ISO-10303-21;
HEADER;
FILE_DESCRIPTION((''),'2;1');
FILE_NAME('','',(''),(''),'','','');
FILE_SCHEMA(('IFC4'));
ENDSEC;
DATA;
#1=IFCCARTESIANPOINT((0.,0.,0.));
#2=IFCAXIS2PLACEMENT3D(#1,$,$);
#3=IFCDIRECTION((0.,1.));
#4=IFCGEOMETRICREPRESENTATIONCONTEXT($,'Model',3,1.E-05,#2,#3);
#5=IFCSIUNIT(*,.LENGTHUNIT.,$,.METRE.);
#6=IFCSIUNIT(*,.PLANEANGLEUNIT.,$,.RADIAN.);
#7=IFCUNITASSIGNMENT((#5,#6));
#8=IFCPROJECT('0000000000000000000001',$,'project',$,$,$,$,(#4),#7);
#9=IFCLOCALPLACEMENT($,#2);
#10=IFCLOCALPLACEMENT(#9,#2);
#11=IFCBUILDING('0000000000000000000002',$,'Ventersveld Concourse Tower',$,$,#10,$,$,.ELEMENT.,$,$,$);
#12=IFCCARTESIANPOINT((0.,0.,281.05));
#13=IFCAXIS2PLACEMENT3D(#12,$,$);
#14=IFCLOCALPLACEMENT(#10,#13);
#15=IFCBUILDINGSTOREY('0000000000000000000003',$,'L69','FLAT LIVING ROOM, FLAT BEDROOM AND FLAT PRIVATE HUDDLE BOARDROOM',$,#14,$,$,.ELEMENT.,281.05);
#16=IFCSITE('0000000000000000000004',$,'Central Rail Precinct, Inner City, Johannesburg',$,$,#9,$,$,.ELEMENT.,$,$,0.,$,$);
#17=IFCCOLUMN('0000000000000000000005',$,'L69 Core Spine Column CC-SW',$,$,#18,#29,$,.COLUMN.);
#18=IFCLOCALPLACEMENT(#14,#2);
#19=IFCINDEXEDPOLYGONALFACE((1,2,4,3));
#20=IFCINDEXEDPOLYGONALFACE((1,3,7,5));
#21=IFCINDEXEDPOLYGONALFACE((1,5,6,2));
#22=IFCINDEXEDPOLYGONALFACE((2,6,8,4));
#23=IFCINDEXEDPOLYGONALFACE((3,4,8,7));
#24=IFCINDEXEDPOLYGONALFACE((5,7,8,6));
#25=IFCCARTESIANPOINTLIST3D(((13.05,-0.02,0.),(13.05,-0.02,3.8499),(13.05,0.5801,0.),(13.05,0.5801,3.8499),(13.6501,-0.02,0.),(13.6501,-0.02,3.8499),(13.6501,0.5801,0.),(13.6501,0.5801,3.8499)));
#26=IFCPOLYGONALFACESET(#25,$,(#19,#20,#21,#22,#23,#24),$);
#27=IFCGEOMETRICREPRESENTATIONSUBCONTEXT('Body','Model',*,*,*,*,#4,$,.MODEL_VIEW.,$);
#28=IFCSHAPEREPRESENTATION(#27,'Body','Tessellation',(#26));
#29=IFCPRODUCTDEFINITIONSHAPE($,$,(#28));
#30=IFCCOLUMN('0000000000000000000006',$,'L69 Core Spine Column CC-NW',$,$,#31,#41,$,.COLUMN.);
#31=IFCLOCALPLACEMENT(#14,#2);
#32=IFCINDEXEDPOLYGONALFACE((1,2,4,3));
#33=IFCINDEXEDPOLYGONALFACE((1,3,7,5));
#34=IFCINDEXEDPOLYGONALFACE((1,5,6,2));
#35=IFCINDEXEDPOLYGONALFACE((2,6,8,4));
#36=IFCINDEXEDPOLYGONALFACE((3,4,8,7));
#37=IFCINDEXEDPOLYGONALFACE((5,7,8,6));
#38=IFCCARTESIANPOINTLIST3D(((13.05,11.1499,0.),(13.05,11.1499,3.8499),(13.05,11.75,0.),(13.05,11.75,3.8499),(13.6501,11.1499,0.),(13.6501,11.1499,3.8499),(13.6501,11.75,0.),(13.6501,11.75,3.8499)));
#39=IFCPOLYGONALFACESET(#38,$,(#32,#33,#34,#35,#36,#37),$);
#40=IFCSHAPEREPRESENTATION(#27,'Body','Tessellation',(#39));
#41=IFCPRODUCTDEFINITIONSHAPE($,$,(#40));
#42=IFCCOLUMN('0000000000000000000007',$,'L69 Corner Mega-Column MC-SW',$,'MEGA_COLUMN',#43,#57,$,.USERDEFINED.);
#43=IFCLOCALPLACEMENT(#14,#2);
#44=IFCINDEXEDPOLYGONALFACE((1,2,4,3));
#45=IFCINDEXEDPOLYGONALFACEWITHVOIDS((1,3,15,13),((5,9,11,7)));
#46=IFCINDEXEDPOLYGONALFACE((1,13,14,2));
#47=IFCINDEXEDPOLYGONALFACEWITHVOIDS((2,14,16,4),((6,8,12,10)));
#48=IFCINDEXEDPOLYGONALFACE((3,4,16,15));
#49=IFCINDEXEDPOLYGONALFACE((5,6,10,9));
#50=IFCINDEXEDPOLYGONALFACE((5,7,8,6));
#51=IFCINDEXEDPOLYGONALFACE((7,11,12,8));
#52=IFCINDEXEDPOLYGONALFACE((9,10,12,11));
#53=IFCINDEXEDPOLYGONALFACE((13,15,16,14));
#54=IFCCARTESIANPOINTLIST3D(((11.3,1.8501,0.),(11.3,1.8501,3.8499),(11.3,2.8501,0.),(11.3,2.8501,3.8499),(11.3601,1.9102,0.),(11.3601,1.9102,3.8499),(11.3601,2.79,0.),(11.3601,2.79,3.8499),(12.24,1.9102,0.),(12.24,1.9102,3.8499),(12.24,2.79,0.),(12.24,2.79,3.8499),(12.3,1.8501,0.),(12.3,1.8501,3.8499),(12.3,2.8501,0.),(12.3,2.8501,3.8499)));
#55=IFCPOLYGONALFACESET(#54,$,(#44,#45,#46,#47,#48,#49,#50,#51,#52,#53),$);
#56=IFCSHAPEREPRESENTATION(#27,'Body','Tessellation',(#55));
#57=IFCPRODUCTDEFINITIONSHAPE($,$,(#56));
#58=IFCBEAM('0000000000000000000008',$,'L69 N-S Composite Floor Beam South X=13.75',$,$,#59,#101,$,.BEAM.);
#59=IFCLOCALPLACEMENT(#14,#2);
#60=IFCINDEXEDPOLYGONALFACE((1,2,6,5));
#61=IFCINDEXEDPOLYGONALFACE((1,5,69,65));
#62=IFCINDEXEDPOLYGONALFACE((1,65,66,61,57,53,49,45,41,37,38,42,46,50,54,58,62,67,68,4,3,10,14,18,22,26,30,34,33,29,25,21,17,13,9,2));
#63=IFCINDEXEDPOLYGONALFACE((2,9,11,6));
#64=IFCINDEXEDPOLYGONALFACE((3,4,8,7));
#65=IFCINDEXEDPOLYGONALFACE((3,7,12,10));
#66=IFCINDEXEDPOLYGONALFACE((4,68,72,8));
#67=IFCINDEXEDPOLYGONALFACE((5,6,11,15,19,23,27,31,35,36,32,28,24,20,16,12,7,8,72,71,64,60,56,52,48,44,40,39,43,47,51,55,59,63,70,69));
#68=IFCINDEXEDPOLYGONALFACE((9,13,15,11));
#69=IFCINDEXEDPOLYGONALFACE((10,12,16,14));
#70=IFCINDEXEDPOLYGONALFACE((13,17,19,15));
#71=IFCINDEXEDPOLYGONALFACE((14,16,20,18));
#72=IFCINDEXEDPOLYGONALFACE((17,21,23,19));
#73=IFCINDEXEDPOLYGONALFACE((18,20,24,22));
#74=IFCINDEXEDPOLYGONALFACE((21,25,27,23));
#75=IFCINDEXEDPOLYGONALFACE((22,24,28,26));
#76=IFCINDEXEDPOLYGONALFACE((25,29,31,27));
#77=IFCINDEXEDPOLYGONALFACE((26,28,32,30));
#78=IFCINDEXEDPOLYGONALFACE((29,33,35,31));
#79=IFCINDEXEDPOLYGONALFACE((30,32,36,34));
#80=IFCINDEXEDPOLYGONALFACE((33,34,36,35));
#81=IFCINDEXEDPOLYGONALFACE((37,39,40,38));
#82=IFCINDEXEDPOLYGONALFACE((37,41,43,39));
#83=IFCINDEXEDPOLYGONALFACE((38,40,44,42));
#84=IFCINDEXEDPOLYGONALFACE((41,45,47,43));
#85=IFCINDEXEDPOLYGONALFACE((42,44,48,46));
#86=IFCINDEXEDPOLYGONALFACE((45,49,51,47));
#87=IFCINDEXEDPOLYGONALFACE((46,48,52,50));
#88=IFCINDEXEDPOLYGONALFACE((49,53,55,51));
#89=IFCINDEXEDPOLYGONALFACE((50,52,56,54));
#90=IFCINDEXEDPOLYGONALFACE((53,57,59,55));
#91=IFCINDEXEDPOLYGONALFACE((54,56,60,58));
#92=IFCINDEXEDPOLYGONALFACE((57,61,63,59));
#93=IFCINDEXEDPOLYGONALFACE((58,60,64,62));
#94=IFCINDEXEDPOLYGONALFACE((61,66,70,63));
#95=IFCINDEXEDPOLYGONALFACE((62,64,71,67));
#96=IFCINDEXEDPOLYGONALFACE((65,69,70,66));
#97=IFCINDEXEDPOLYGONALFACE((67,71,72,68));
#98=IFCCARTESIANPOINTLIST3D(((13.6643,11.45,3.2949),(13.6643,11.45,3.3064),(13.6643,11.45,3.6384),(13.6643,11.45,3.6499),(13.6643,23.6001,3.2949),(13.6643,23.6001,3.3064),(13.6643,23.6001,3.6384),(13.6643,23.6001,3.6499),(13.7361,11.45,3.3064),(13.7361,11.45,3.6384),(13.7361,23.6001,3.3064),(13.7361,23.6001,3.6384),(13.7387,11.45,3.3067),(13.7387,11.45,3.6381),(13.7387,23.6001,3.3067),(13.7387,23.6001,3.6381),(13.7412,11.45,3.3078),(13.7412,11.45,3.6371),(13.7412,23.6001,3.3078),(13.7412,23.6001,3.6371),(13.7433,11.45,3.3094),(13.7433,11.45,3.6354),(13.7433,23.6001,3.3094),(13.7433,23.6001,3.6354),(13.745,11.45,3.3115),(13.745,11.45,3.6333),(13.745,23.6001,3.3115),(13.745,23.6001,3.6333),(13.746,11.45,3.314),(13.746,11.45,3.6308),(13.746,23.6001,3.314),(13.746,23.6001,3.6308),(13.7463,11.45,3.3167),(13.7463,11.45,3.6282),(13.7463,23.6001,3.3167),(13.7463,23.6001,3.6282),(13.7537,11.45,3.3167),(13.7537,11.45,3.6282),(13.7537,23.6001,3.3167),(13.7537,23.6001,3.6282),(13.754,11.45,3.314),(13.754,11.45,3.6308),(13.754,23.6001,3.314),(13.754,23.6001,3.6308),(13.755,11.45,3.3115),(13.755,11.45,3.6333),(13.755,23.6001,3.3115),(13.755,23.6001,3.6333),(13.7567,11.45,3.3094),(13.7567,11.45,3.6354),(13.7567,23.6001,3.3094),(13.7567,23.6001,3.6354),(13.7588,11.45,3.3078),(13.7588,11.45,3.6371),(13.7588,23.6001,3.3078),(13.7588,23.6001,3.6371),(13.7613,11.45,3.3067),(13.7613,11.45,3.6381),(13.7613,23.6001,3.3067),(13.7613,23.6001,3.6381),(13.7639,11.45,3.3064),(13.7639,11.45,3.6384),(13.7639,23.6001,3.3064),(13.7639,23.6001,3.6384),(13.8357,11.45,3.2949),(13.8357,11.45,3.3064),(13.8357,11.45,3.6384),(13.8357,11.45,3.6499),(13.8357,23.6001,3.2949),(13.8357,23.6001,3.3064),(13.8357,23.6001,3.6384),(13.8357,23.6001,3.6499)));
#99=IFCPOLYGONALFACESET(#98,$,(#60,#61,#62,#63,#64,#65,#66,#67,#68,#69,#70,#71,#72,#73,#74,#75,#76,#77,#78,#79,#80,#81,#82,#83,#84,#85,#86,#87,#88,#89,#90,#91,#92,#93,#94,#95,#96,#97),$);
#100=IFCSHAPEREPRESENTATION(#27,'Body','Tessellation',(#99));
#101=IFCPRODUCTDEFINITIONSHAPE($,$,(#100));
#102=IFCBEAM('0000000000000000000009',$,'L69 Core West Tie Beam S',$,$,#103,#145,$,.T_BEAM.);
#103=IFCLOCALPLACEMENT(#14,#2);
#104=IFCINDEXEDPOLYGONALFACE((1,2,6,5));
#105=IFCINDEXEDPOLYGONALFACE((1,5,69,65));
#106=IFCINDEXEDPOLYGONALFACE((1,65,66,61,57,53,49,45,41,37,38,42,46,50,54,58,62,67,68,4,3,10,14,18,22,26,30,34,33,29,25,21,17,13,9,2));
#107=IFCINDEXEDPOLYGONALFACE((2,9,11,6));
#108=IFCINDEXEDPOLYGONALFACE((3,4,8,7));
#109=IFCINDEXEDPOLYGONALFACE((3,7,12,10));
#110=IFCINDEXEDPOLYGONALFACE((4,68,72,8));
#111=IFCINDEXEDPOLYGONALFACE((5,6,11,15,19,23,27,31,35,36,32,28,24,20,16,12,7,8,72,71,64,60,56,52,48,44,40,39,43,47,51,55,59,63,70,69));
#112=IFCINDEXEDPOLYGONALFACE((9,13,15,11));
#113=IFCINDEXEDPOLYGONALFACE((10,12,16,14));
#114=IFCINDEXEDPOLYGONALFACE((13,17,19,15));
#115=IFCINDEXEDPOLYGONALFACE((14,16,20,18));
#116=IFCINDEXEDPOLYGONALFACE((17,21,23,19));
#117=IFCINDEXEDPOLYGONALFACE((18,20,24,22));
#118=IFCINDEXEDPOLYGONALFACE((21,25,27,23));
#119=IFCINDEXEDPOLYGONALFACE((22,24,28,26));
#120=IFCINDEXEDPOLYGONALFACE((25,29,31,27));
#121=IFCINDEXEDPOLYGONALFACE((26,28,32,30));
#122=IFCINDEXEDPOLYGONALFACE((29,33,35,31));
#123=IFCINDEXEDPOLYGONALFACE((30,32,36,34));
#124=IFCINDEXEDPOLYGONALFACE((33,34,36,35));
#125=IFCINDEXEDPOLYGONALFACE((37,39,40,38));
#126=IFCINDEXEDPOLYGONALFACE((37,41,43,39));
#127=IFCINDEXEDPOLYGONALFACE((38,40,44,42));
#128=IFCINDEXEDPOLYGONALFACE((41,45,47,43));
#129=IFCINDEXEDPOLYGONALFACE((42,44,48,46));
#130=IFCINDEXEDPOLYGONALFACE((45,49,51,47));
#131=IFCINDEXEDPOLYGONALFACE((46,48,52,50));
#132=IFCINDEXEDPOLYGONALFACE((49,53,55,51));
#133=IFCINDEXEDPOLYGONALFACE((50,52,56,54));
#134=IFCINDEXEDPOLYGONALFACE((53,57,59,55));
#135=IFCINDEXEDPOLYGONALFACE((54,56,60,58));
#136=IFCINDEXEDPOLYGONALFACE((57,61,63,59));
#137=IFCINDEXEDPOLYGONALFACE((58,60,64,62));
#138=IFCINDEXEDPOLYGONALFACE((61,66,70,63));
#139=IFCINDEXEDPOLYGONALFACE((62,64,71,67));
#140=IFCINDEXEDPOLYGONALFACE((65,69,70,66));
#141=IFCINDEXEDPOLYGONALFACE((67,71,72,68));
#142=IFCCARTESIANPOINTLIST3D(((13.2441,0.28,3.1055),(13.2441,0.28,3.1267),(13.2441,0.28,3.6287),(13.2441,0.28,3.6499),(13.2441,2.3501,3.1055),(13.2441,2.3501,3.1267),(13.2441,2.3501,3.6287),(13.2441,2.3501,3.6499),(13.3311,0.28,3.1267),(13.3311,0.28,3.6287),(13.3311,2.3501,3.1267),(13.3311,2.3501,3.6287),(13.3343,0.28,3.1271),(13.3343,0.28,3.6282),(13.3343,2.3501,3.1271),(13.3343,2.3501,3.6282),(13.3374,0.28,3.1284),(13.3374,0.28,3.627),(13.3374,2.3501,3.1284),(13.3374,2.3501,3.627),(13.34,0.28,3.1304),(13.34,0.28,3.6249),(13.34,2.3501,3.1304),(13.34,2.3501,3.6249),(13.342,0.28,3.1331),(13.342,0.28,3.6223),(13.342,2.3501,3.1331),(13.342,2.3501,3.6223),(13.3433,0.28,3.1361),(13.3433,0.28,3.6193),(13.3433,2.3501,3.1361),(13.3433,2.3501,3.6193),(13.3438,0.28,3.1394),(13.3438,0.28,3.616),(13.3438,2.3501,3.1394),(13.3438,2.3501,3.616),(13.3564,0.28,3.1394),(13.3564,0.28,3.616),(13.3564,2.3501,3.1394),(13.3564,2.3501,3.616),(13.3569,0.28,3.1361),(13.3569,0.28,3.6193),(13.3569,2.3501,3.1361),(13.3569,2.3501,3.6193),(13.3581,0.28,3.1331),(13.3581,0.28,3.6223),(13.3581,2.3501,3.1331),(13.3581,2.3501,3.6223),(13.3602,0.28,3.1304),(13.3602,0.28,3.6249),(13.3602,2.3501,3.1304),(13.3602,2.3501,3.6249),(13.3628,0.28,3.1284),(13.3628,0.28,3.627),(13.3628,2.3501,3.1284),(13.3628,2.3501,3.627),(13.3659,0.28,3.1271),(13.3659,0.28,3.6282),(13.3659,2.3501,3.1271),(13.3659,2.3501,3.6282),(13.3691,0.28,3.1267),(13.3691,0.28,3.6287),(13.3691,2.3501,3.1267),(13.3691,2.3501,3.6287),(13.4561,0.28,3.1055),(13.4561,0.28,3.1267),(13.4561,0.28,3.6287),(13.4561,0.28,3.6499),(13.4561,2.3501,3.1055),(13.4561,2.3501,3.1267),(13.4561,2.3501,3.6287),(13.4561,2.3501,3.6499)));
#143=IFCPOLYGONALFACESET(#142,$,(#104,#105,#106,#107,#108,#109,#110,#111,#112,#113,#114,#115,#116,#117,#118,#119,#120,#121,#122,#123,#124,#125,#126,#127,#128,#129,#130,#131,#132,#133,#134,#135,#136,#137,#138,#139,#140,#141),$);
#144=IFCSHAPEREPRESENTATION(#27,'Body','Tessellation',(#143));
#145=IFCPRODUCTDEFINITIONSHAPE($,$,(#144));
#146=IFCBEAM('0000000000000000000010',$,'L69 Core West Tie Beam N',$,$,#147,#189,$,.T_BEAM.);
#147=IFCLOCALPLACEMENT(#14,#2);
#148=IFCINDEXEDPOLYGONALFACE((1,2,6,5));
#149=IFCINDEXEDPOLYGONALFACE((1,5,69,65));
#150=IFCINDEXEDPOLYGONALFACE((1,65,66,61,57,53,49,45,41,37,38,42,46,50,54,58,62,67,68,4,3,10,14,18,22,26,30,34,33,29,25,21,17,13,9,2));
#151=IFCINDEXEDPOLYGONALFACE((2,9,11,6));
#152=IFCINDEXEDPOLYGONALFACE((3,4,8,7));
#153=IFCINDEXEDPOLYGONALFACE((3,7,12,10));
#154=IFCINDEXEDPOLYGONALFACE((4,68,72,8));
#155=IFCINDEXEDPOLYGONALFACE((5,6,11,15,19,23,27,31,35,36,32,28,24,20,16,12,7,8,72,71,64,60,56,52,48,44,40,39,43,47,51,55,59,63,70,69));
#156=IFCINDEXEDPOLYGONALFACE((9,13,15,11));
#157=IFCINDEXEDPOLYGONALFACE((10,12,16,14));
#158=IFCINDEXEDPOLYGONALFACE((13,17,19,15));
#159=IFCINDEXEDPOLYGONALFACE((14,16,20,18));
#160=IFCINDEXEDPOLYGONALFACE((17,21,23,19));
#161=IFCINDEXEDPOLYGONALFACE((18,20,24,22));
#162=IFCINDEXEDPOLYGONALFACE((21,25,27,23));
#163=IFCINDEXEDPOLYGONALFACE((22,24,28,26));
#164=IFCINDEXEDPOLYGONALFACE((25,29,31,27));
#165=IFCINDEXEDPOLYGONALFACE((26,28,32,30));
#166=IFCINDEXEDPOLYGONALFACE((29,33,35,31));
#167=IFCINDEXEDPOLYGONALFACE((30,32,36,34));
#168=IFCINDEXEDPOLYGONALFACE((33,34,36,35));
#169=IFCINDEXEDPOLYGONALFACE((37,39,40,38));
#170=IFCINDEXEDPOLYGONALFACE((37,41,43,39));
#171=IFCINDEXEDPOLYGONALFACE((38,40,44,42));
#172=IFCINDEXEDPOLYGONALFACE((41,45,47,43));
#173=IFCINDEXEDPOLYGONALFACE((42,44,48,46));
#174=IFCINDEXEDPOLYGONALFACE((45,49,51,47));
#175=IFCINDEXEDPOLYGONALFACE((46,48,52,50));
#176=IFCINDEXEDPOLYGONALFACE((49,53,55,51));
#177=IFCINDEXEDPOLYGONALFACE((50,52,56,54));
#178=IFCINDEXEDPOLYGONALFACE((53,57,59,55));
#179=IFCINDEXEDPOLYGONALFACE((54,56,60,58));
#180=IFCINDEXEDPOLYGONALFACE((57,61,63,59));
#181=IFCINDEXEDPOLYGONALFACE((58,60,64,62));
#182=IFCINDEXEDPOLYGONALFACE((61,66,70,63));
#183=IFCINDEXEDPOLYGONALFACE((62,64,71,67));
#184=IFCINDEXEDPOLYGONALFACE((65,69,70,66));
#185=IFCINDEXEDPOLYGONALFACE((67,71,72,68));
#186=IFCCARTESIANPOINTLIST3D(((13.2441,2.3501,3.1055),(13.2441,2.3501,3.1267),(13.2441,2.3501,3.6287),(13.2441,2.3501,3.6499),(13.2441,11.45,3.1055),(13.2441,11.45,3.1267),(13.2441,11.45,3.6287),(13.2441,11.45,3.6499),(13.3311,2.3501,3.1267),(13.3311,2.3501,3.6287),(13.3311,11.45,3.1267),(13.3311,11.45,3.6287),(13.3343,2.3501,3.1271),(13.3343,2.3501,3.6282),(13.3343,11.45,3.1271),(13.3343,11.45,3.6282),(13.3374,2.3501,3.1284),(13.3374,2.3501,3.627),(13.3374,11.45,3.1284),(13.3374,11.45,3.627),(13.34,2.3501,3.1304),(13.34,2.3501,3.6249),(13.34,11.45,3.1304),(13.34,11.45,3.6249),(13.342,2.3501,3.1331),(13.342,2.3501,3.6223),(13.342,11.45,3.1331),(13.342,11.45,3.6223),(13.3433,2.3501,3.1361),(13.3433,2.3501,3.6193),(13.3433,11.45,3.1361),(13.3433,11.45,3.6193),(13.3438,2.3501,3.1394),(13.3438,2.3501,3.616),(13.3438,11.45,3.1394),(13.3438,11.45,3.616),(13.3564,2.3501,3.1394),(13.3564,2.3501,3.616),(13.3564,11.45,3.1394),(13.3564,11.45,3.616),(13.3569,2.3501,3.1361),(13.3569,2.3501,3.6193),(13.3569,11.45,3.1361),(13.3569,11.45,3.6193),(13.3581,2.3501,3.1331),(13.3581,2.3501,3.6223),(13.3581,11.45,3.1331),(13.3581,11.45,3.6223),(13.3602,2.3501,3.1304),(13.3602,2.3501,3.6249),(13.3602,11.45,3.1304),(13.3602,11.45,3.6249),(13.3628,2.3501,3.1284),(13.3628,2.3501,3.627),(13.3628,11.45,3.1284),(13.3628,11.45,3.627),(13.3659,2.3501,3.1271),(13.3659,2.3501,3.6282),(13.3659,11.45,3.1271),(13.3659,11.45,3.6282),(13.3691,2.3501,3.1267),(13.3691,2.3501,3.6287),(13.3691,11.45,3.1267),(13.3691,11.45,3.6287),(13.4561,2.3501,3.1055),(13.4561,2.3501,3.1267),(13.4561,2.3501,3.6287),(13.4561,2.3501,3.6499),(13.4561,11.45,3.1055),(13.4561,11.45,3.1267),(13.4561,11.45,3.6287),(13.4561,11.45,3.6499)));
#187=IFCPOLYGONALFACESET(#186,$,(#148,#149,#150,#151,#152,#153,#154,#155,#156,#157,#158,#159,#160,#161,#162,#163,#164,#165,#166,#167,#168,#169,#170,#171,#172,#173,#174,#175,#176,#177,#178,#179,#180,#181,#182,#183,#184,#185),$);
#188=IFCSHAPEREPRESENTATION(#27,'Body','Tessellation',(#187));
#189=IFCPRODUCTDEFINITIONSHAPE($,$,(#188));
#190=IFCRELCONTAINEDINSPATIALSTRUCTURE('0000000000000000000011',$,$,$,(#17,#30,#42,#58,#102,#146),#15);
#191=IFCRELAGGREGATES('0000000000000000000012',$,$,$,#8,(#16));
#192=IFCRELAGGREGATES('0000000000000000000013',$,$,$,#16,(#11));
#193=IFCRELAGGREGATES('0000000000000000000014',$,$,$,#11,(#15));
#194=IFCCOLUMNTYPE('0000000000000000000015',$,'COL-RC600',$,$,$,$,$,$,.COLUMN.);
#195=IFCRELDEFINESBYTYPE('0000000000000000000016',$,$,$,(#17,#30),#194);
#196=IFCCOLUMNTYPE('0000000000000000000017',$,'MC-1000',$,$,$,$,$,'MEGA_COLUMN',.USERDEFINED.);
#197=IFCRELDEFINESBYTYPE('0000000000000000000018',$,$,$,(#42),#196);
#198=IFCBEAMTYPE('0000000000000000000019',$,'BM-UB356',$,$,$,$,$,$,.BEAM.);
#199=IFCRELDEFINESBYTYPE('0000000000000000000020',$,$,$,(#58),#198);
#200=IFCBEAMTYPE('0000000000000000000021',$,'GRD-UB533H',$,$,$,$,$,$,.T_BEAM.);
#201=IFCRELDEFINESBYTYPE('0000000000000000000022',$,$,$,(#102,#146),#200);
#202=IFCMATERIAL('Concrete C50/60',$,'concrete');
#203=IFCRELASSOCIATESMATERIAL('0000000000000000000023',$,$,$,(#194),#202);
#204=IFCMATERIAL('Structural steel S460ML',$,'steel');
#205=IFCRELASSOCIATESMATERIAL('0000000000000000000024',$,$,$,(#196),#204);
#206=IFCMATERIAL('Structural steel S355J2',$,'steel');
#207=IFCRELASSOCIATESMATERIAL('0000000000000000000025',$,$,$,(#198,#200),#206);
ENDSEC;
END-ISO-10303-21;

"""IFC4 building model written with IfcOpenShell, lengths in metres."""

from ifc_helpers import new_model, si_unit, direction, frame, origin, origin_2d, place, context, subcontext, project, spatial, rectangle, hollow_rectangle, i_section, extrude, material, material_profile, profile_set, type_object, element, save


model = new_model("IFC4")

# Units and contexts
model_context = context("Model", 3, precision=1e-05, world=origin(), true_north=direction((0.0, 1.0)))
body_context = subcontext(model_context, "Body", "Model", "MODEL_VIEW")
ifc_project = project(units=[si_unit("LENGTHUNIT", "METRE"), si_unit("PLANEANGLEUNIT", "RADIAN")], contexts=[model_context])

# Site, building, storey
site_placement = place(None, origin())
site = spatial("IfcSite", under=ifc_project, at=site_placement, Name="Central Rail Precinct, Inner City, Johannesburg", CompositionType="ELEMENT", RefElevation=0.0)
building_placement = place(site_placement, origin())
building = spatial("IfcBuilding", under=site, at=building_placement, Name="Ventersveld Concourse Tower", CompositionType="ELEMENT")
storey_placement = place(building_placement, frame((0.0, 0.0, 281.05)))
storey = spatial("IfcBuildingStorey", under=building, at=storey_placement, Name="L69", Description="FLAT LIVING ROOM, FLAT BEDROOM AND FLAT PRIVATE HUDDLE BOARDROOM", CompositionType="ELEMENT", Elevation=281.05)

# Columns
ifc_material_1 = material(Name="Concrete C50/60", Category="concrete")
ifc_material_profile_1 = material_profile(ifc_material_1, rectangle(XDim=0.6001, YDim=0.6001, at=origin_2d()), Name="RC 600x600")
ifc_profile_set_1 = profile_set([ifc_material_profile_1], Name="Concrete C50/60")
column_type_1 = type_object("IfcColumnType", Name="COL-RC600", PredefinedType="COLUMN", material=ifc_profile_set_1)
for number, where, z_axis, x_axis, name in (
    (1, (13.3501, 0.28, 0.0), (0.0, 0.0, 1.0), (1.0, 0.0, 0.0), "L69 Core Spine Column CC-SW"),
    (2, (13.3501, 11.45, 0.0), (0.0, 0.0, 1.0), (1.0, 0.0, 0.0), "L69 Core Spine Column CC-NW"),
):
    element("IfcColumn", number, at=place(storey_placement, frame(where, z_axis=z_axis, x_axis=x_axis)), inside=storey, type_object=column_type_1, Name=name, PredefinedType="COLUMN", context=body_context, shape_type="SweptSolid", body=[
        extrude(rectangle(XDim=0.6001, YDim=0.6001, at=origin_2d()), origin(), (0.0, 0.0, 1.0), 3.8499),
    ])
ifc_material_2 = material(Name="Structural steel S460ML", Category="steel")
ifc_material_profile_2 = material_profile(ifc_material_2, hollow_rectangle(XDim=1.0, YDim=1.0, WallThickness=0.0601, at=origin_2d()), Name="BOX 1000x1000x60")
ifc_profile_set_2 = profile_set([ifc_material_profile_2], Name="Structural steel S460ML")
column_type_2 = type_object("IfcColumnType", Name="MC-1000", ElementType="MEGA_COLUMN", PredefinedType="USERDEFINED", material=ifc_profile_set_2)
column_placement = place(storey_placement, frame((11.8, 2.3501, 0.0), z_axis=(0.0, 0.0, 1.0), x_axis=(1.0, 0.0, 0.0)))
element("IfcColumn", 3, at=column_placement, inside=storey, type_object=column_type_2, Name="L69 Corner Mega-Column MC-SW", ObjectType="MEGA_COLUMN", PredefinedType="USERDEFINED", context=body_context, shape_type="SweptSolid", body=[
    extrude(hollow_rectangle(XDim=1.0, YDim=1.0, WallThickness=0.0601, at=origin_2d()), origin(), (0.0, 0.0, 1.0), 3.8499),
])

# Beams
ifc_material_3 = material(Name="Structural steel S355J2", Category="steel")
ifc_material_profile_3 = material_profile(ifc_material_3, i_section(OverallWidth=0.1714, OverallDepth=0.355, WebThickness=0.0073, FlangeThickness=0.0115, FilletRadius=0.0103, at=origin_2d()), Name="UB 356x171x51")
ifc_profile_set_3 = profile_set([ifc_material_profile_3], Name="Structural steel S355J2")
beam_type_1 = type_object("IfcBeamType", Name="BM-UB356", PredefinedType="BEAM", material=ifc_profile_set_3)
beam_1_placement = place(storey_placement, frame((13.75, 11.45, 3.4724), z_axis=(0.0, 1.0, 0.0), x_axis=(-1.0, 0.0, 0.0)))
element("IfcBeam", 4, at=beam_1_placement, inside=storey, type_object=beam_type_1, Name="L69 N-S Composite Floor Beam South X=13.75", PredefinedType="BEAM", context=body_context, shape_type="SweptSolid", body=[
    extrude(i_section(OverallWidth=0.1714, OverallDepth=0.355, WebThickness=0.0073, FlangeThickness=0.0115, FilletRadius=0.0103, at=origin_2d()), origin(), (0.0, 0.0, 1.0), 12.1501),
])
ifc_material_profile_4 = material_profile(ifc_material_3, i_section(OverallWidth=0.2119, OverallDepth=0.5444, WebThickness=0.0127, FlangeThickness=0.0212, FilletRadius=0.0127, at=origin_2d()), Name="UB 533x210x122")
ifc_profile_set_4 = profile_set([ifc_material_profile_4], Name="Structural steel S355J2")
beam_type_2 = type_object("IfcBeamType", Name="GRD-UB533H", PredefinedType="T_BEAM", material=ifc_profile_set_4)
beam_2_placement = place(storey_placement, frame((13.3501, 0.28, 3.3777), z_axis=(0.0, 1.0, 0.0), x_axis=(-1.0, 0.0, 0.0)))
element("IfcBeam", 5, at=beam_2_placement, inside=storey, type_object=beam_type_2, Name="L69 Core West Tie Beam S", PredefinedType="T_BEAM", context=body_context, shape_type="SweptSolid", body=[
    extrude(i_section(OverallWidth=0.2119, OverallDepth=0.5444, WebThickness=0.0127, FlangeThickness=0.0212, FilletRadius=0.0127, at=origin_2d()), origin(), (0.0, 0.0, 1.0), 2.0701),
])
beam_3_placement = place(storey_placement, frame((13.3501, 2.3501, 3.3777), z_axis=(0.0, 1.0, 0.0), x_axis=(-1.0, 0.0, 0.0)))
element("IfcBeam", 6, at=beam_3_placement, inside=storey, type_object=beam_type_2, Name="L69 Core West Tie Beam N", PredefinedType="T_BEAM", context=body_context, shape_type="SweptSolid", body=[
    extrude(i_section(OverallWidth=0.2119, OverallDepth=0.5444, WebThickness=0.0127, FlangeThickness=0.0212, FilletRadius=0.0127, at=origin_2d()), origin(), (0.0, 0.0, 1.0), 9.0999),
])

save(model, "model.ifc")
